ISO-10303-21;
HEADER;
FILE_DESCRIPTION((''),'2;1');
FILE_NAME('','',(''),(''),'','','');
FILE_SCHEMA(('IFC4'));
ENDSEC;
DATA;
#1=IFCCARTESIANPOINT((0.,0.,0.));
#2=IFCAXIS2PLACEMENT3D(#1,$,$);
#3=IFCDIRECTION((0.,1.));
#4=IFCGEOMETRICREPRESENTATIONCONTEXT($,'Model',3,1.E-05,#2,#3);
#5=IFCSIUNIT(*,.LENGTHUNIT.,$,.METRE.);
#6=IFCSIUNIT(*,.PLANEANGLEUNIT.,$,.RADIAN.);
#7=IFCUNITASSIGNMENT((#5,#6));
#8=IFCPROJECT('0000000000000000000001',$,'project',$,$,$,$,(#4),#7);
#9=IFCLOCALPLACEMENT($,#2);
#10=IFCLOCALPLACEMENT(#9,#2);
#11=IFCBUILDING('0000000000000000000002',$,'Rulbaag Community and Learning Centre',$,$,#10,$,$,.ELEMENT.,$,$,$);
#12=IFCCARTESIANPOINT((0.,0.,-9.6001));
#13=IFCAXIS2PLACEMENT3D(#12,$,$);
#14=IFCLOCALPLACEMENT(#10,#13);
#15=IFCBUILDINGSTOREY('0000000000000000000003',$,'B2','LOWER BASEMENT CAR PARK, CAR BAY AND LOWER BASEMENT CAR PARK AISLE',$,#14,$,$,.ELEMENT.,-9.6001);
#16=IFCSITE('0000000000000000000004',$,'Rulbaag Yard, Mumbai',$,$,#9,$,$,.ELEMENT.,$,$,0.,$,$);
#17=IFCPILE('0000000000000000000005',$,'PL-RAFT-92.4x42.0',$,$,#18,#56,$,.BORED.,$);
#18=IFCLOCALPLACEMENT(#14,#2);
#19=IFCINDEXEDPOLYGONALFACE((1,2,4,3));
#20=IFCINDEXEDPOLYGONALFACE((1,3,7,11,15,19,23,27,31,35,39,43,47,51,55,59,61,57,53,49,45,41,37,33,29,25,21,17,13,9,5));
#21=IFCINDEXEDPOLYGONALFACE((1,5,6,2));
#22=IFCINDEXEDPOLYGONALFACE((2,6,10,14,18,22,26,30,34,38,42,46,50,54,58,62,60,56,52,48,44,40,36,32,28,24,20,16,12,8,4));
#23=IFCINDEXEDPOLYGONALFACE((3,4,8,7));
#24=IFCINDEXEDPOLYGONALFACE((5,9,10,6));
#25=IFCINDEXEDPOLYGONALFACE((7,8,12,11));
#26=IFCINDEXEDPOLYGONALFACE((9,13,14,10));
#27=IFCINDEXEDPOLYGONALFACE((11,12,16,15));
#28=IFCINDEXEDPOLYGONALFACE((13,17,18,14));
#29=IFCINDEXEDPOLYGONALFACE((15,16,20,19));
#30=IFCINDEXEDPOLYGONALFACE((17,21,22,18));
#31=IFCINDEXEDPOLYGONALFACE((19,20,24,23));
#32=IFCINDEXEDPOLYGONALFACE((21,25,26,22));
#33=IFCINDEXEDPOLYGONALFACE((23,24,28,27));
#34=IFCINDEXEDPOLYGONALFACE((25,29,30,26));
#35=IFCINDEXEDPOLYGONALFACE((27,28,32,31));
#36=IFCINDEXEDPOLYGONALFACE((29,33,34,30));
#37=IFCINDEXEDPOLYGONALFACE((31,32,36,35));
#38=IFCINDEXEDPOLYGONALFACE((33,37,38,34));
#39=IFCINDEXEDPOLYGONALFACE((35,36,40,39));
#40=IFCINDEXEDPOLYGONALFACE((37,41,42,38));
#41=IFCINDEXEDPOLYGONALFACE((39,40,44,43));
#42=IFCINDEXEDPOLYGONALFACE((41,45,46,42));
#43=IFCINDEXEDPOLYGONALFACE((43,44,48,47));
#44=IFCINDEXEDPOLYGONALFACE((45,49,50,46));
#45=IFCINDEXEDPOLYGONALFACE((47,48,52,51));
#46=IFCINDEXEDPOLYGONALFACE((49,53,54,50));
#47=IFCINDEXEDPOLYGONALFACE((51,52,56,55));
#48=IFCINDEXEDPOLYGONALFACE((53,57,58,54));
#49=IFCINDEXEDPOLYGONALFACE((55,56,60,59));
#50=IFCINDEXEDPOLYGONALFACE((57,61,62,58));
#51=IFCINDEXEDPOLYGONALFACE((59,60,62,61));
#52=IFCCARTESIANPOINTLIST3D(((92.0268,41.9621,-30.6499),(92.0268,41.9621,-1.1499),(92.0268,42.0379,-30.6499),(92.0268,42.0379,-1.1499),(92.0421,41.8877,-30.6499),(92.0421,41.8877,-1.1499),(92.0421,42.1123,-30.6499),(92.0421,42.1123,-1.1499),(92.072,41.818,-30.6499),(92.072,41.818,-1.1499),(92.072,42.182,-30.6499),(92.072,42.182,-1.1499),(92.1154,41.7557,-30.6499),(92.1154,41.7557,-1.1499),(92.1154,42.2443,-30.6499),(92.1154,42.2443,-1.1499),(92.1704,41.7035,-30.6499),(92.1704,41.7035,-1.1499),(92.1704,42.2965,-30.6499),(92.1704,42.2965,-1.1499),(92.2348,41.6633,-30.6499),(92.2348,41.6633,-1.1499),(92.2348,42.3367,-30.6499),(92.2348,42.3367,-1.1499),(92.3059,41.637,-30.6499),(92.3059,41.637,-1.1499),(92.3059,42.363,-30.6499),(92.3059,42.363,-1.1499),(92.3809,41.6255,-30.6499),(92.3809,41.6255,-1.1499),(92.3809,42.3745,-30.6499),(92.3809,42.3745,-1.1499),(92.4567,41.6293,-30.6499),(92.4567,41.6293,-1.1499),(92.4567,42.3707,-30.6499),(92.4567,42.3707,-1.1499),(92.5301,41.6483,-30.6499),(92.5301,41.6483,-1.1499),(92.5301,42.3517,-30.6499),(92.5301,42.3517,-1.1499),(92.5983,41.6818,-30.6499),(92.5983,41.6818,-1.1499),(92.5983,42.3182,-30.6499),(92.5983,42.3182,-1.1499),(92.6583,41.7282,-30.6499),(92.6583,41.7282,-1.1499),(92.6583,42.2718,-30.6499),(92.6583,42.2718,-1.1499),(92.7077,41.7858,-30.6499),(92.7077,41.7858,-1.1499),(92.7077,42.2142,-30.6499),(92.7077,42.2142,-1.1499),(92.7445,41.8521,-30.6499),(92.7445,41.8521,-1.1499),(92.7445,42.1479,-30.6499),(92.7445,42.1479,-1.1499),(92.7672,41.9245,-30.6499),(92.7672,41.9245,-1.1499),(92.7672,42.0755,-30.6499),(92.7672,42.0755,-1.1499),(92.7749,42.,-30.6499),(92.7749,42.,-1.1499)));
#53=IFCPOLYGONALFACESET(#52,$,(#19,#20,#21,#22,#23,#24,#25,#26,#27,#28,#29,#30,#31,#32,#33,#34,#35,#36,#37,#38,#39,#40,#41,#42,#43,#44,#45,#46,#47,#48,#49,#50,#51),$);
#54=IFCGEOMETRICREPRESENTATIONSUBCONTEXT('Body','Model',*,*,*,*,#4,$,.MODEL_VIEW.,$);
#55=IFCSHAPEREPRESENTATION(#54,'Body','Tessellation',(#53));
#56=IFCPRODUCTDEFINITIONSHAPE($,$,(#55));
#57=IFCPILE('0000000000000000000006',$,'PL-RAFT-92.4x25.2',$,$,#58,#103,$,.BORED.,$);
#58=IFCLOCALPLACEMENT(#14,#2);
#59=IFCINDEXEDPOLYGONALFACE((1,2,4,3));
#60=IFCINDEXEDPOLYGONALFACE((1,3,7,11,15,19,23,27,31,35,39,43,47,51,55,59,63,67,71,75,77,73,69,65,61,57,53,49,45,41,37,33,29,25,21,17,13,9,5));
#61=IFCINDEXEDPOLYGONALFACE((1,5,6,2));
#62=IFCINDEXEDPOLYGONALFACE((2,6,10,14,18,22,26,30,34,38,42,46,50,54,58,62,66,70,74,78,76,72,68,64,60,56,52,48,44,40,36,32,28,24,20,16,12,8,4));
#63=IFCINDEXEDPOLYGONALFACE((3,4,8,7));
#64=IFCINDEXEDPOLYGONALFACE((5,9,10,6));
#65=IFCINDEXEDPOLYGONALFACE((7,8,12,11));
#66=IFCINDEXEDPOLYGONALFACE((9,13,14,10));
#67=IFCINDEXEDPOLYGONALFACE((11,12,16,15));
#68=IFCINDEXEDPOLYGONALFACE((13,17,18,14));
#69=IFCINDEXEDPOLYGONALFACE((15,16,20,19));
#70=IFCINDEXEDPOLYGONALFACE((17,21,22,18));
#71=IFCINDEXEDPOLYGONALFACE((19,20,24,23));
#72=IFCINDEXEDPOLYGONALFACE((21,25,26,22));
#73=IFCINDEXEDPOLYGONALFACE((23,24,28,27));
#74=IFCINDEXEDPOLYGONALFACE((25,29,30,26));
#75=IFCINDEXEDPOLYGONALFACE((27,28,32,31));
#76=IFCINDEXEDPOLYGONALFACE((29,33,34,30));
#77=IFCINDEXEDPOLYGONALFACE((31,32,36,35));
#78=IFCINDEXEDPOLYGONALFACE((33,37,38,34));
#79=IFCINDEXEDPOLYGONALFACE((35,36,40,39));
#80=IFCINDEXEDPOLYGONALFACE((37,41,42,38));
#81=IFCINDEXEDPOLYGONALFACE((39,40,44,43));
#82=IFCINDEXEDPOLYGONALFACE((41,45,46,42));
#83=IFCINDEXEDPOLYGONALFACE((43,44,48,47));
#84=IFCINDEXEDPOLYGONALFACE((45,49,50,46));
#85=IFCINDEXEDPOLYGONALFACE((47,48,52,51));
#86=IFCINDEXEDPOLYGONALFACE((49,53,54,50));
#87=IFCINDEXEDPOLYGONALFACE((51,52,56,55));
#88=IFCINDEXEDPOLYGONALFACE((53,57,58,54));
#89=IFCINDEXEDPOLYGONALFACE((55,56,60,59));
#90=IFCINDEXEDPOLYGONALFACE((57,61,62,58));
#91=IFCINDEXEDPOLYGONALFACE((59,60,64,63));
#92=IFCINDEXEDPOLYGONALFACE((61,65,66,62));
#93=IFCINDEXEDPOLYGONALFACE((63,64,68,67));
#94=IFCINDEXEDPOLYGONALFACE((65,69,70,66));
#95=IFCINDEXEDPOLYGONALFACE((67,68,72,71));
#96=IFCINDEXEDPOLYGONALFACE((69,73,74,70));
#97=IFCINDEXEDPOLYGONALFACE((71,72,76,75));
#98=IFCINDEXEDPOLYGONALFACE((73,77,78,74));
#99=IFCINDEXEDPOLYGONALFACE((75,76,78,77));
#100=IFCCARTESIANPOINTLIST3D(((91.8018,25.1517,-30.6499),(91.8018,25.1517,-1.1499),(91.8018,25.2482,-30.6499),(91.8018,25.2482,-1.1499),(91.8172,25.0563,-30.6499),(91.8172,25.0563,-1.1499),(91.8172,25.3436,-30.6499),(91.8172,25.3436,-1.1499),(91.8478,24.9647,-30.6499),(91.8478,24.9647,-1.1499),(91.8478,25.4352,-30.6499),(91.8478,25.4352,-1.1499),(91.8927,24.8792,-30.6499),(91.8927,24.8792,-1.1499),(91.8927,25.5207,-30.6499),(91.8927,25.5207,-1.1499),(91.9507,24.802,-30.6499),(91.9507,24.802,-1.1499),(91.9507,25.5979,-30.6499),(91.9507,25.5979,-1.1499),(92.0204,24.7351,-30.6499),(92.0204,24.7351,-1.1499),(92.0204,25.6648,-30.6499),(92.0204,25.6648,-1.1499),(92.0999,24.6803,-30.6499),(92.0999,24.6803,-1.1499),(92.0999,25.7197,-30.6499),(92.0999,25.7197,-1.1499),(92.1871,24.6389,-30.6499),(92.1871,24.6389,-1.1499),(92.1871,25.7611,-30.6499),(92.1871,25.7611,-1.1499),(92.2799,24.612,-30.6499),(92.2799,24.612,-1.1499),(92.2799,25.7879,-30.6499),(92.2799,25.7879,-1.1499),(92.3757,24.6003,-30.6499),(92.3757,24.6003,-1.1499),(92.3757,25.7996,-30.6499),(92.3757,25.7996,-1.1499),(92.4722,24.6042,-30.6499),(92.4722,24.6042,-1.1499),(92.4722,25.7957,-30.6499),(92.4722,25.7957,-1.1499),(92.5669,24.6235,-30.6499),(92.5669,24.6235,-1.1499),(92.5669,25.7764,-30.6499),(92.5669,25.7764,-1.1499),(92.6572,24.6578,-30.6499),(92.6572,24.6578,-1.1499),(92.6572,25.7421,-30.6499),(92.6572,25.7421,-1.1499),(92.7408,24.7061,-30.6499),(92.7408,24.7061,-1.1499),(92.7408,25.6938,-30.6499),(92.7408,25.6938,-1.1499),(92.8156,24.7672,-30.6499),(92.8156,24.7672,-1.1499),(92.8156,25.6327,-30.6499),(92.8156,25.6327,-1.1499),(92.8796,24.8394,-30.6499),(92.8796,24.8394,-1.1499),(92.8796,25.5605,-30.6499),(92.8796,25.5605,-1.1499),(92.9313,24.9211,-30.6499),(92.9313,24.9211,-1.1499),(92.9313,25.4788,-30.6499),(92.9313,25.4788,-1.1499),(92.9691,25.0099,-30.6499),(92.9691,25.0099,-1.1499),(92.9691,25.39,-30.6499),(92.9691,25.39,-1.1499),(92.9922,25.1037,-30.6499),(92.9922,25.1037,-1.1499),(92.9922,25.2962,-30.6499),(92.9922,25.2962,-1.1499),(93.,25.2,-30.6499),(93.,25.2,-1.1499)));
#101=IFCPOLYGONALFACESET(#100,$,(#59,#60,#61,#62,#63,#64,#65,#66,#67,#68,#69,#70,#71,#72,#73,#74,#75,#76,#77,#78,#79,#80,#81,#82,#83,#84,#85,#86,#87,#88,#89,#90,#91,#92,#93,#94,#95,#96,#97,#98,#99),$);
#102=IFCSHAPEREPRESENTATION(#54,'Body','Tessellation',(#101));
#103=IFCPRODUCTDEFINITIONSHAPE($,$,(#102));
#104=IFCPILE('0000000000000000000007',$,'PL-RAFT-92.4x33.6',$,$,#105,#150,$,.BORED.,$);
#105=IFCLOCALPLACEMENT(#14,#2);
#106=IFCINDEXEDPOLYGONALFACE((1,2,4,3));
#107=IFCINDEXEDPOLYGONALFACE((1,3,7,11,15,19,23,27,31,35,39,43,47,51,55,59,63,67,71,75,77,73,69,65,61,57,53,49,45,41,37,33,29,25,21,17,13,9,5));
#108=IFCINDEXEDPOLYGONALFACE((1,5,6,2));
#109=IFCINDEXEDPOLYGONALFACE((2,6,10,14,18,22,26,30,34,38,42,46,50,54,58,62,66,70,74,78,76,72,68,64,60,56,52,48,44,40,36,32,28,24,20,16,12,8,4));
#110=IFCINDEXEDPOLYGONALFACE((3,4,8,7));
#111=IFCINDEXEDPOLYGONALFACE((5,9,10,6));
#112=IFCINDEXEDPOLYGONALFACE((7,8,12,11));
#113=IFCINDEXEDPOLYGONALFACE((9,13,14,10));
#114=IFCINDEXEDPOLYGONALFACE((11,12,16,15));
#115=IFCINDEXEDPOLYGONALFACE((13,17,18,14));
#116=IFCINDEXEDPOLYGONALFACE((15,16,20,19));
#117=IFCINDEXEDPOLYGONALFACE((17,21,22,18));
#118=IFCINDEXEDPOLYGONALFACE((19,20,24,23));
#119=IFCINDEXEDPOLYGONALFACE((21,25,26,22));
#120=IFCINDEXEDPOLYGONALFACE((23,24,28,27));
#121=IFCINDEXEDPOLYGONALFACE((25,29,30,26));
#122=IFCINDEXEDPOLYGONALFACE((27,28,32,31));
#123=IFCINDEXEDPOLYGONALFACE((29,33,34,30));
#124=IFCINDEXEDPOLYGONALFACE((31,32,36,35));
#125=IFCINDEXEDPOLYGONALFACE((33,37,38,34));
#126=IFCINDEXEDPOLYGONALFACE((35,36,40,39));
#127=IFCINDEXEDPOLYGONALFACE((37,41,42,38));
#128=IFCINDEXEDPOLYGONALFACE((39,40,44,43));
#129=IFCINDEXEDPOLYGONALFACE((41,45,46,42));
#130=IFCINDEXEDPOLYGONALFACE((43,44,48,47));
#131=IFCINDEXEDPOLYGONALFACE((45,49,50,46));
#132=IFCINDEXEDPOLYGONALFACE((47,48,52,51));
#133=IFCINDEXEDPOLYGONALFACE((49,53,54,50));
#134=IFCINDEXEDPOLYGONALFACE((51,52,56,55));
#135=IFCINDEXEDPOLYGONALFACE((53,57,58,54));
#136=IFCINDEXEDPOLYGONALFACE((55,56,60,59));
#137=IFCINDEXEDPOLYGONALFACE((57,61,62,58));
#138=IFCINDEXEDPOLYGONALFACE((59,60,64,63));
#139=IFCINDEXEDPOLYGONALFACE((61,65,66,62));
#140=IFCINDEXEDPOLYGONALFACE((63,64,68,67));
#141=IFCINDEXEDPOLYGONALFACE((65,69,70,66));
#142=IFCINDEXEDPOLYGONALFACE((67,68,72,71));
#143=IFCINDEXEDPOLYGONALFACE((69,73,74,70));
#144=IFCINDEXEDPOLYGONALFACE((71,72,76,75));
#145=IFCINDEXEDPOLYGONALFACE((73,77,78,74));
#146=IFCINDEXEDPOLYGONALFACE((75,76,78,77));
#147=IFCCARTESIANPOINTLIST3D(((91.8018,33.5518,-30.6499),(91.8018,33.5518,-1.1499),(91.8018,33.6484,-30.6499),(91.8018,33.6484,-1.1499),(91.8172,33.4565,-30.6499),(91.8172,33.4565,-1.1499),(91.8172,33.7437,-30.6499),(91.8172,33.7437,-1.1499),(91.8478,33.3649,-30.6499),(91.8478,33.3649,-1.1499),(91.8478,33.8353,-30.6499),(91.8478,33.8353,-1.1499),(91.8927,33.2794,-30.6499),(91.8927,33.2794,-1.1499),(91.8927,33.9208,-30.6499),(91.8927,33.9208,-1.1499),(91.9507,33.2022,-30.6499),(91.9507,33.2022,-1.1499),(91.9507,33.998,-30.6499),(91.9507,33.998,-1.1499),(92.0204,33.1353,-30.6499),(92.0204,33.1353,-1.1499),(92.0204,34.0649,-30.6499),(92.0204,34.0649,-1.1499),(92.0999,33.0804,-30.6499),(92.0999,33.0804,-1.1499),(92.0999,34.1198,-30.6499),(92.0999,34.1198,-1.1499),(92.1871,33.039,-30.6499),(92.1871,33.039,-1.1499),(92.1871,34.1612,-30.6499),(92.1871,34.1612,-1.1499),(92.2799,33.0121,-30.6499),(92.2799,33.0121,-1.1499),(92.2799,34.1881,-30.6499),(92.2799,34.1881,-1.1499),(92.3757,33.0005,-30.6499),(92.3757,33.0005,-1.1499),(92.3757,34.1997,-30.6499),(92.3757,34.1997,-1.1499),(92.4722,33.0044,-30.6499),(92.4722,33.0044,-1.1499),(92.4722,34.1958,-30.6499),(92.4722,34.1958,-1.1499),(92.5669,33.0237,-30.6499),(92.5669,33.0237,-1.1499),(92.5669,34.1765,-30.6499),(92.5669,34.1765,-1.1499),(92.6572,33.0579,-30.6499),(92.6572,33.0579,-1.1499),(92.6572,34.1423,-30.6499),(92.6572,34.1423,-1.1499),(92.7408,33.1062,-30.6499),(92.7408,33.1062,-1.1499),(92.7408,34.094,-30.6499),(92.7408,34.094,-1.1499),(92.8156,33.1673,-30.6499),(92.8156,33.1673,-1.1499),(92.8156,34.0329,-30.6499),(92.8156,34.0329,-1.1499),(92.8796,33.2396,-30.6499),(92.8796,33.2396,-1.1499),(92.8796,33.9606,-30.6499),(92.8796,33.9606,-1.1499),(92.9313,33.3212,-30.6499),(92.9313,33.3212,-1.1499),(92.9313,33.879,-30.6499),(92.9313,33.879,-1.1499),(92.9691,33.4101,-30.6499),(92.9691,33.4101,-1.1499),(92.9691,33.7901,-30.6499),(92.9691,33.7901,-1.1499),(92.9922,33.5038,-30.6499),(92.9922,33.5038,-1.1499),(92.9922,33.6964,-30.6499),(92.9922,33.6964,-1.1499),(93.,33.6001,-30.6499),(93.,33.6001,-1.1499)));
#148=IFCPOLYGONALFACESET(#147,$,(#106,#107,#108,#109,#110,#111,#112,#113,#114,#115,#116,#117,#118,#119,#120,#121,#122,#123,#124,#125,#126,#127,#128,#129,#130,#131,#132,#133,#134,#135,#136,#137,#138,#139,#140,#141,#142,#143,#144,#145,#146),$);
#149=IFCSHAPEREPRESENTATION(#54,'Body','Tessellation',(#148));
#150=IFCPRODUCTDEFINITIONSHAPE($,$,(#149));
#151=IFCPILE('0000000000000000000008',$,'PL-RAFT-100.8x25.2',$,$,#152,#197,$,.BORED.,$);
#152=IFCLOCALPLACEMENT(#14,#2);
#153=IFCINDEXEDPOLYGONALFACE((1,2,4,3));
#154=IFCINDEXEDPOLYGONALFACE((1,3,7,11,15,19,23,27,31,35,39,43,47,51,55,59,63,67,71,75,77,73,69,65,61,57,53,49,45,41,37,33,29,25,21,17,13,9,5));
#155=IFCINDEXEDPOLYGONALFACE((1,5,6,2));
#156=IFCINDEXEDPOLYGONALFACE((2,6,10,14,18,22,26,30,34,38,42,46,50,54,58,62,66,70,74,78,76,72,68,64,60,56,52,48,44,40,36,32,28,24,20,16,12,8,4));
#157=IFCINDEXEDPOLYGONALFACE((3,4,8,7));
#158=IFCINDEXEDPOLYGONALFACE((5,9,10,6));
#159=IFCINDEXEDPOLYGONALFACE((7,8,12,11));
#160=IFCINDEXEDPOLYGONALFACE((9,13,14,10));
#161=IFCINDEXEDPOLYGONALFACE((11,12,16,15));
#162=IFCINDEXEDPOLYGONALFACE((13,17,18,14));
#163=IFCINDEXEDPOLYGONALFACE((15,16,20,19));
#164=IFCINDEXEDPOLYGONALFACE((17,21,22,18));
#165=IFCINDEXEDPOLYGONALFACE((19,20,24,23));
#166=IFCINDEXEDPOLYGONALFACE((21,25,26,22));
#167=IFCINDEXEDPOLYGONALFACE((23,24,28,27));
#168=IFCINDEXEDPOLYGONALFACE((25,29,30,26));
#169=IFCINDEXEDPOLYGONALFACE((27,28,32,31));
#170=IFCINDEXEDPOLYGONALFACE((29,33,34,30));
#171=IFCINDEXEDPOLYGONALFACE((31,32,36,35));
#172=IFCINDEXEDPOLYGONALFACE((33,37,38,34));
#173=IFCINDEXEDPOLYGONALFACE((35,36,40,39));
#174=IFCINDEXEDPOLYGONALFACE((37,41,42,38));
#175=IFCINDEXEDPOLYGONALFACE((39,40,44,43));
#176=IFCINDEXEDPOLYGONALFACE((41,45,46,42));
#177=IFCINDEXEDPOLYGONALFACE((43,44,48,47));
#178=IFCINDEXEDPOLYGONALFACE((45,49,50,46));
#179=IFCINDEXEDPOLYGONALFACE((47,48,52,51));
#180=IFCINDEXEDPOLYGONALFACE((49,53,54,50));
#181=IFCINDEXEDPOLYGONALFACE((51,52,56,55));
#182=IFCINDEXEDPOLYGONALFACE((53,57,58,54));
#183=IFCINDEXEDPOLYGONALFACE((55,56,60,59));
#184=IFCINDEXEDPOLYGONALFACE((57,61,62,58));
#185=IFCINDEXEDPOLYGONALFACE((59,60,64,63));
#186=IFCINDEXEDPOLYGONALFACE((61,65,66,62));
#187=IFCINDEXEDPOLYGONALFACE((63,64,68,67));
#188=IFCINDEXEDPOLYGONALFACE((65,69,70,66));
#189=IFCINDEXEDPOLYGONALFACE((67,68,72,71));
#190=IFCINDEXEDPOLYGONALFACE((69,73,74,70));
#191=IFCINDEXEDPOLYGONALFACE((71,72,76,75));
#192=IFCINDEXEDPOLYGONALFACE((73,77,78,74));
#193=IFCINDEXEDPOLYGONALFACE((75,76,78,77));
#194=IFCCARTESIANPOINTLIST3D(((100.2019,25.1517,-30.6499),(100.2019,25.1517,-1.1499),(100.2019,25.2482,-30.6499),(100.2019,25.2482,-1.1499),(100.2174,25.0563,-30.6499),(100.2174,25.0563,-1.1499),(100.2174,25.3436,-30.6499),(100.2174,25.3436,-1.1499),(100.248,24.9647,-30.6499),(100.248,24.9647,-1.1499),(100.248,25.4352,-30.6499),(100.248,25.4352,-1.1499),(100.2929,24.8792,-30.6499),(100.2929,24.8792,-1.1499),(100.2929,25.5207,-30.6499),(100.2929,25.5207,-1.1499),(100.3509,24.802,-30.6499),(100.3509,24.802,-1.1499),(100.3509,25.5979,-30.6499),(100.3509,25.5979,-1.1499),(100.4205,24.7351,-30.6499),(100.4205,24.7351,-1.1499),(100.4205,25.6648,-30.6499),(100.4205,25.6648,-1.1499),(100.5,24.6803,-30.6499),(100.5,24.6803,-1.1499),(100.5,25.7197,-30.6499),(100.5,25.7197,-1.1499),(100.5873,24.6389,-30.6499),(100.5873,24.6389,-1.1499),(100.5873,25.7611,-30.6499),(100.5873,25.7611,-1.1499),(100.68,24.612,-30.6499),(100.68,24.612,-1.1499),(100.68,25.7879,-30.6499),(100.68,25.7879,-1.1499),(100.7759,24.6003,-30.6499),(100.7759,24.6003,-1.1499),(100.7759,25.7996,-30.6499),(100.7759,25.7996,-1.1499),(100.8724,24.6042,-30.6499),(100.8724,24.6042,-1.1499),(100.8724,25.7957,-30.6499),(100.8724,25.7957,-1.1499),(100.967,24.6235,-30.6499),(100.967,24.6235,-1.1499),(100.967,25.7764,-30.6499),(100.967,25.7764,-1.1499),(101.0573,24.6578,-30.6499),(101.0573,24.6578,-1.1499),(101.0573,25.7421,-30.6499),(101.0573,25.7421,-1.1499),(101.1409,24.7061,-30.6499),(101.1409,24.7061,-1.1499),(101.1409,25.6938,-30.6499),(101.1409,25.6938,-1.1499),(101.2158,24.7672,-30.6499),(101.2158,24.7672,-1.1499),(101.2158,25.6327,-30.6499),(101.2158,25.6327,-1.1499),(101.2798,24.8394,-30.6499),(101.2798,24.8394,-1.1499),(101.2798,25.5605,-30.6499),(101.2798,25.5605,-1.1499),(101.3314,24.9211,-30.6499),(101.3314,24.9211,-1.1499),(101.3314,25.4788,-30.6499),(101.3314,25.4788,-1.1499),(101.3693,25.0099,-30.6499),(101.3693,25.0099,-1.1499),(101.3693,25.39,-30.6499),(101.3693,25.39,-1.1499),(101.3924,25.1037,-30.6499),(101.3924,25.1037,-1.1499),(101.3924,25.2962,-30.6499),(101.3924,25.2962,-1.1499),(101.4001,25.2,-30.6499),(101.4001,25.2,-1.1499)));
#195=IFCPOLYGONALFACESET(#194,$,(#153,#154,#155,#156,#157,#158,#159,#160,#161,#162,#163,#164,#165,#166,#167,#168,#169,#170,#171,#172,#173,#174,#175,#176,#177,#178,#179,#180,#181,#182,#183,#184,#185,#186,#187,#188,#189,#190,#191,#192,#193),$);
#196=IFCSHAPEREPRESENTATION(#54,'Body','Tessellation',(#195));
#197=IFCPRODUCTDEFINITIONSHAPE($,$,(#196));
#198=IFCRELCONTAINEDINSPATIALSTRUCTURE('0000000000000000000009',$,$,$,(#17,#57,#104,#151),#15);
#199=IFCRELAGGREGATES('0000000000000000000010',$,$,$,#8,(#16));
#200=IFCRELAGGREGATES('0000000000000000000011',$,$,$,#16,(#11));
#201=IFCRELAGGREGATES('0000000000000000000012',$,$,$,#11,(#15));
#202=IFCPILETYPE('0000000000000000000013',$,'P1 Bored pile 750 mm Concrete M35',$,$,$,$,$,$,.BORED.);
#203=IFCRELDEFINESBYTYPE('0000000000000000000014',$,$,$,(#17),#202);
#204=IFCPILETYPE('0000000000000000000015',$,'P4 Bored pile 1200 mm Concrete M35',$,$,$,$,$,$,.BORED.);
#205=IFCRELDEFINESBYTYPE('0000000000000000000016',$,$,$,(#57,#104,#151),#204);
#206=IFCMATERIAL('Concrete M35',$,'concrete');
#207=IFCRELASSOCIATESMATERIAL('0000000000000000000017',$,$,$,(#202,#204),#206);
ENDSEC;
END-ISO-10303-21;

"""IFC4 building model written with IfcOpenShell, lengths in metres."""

from ifc_helpers import new_model, si_unit, direction, frame, origin, origin_2d, place, context, subcontext, project, spatial, circle, extrude, material, material_profile, profile_set, type_object, element, save


model = new_model("IFC4")

# Units and contexts
model_context = context("Model", 3, precision=1e-05, world=origin(), true_north=direction((0.0, 1.0)))
body_context = subcontext(model_context, "Body", "Model", "MODEL_VIEW")
ifc_project = project(units=[si_unit("LENGTHUNIT", "METRE"), si_unit("PLANEANGLEUNIT", "RADIAN")], contexts=[model_context])

# Site, building, storey
site_placement = place(None, origin())
site = spatial("IfcSite", under=ifc_project, at=site_placement, Name="Rulbaag Yard, Mumbai", CompositionType="ELEMENT", RefElevation=0.0)
building_placement = place(site_placement, origin())
building = spatial("IfcBuilding", under=site, at=building_placement, Name="Rulbaag Community and Learning Centre", CompositionType="ELEMENT")
storey_placement = place(building_placement, frame((0.0, 0.0, -9.6001)))
storey = spatial("IfcBuildingStorey", under=building, at=storey_placement, Name="B2", Description="LOWER BASEMENT CAR PARK, CAR BAY AND LOWER BASEMENT CAR PARK AISLE", CompositionType="ELEMENT", Elevation=-9.6001)

# Piles
ifc_material_1 = material(Name="Concrete M35", Category="concrete")
ifc_material_profile_1 = material_profile(ifc_material_1, circle(Radius=0.375, at=origin_2d()), Name="BP750")
ifc_profile_set_1 = profile_set([ifc_material_profile_1], Name="Concrete M35")
pile_type_1 = type_object("IfcPileType", Name="P1 Bored pile 750 mm Concrete M35", PredefinedType="BORED", material=ifc_profile_set_1)
pile_placement = place(storey_placement, frame((92.3999, 42.0, -1.1499), z_axis=(0.0, 0.0, -1.0), x_axis=(1.0, 0.0, 0.0)))
element("IfcPile", 1, at=pile_placement, inside=storey, type_object=pile_type_1, Name="PL-RAFT-92.4x42.0", PredefinedType="BORED", context=body_context, shape_type="SweptSolid", body=[
    extrude(circle(Radius=0.375, at=origin_2d()), origin(), (0.0, 0.0, 1.0), 29.5),
])
ifc_material_profile_2 = material_profile(ifc_material_1, circle(Radius=0.6001, at=origin_2d()), Name="BP1200")
ifc_profile_set_2 = profile_set([ifc_material_profile_2], Name="Concrete M35")
pile_type_2 = type_object("IfcPileType", Name="P4 Bored pile 1200 mm Concrete M35", PredefinedType="BORED", material=ifc_profile_set_2)
for number, where, z_axis, x_axis, name in (
    (2, (92.3999, 25.2, -1.1499), (0.0, 0.0, -1.0), (1.0, 0.0, 0.0), "PL-RAFT-92.4x25.2"),
    (3, (92.3999, 33.6001, -1.1499), (0.0, 0.0, -1.0), (1.0, 0.0, 0.0), "PL-RAFT-92.4x33.6"),
    (4, (100.8, 25.2, -1.1499), (0.0, 0.0, -1.0), (1.0, 0.0, 0.0), "PL-RAFT-100.8x25.2"),
):
    element("IfcPile", number, at=place(storey_placement, frame(where, z_axis=z_axis, x_axis=x_axis)), inside=storey, type_object=pile_type_2, Name=name, PredefinedType="BORED", context=body_context, shape_type="SweptSolid", body=[
        extrude(circle(Radius=0.6001, at=origin_2d()), origin(), (0.0, 0.0, 1.0), 29.5),
    ])

save(model, "model.ifc")
